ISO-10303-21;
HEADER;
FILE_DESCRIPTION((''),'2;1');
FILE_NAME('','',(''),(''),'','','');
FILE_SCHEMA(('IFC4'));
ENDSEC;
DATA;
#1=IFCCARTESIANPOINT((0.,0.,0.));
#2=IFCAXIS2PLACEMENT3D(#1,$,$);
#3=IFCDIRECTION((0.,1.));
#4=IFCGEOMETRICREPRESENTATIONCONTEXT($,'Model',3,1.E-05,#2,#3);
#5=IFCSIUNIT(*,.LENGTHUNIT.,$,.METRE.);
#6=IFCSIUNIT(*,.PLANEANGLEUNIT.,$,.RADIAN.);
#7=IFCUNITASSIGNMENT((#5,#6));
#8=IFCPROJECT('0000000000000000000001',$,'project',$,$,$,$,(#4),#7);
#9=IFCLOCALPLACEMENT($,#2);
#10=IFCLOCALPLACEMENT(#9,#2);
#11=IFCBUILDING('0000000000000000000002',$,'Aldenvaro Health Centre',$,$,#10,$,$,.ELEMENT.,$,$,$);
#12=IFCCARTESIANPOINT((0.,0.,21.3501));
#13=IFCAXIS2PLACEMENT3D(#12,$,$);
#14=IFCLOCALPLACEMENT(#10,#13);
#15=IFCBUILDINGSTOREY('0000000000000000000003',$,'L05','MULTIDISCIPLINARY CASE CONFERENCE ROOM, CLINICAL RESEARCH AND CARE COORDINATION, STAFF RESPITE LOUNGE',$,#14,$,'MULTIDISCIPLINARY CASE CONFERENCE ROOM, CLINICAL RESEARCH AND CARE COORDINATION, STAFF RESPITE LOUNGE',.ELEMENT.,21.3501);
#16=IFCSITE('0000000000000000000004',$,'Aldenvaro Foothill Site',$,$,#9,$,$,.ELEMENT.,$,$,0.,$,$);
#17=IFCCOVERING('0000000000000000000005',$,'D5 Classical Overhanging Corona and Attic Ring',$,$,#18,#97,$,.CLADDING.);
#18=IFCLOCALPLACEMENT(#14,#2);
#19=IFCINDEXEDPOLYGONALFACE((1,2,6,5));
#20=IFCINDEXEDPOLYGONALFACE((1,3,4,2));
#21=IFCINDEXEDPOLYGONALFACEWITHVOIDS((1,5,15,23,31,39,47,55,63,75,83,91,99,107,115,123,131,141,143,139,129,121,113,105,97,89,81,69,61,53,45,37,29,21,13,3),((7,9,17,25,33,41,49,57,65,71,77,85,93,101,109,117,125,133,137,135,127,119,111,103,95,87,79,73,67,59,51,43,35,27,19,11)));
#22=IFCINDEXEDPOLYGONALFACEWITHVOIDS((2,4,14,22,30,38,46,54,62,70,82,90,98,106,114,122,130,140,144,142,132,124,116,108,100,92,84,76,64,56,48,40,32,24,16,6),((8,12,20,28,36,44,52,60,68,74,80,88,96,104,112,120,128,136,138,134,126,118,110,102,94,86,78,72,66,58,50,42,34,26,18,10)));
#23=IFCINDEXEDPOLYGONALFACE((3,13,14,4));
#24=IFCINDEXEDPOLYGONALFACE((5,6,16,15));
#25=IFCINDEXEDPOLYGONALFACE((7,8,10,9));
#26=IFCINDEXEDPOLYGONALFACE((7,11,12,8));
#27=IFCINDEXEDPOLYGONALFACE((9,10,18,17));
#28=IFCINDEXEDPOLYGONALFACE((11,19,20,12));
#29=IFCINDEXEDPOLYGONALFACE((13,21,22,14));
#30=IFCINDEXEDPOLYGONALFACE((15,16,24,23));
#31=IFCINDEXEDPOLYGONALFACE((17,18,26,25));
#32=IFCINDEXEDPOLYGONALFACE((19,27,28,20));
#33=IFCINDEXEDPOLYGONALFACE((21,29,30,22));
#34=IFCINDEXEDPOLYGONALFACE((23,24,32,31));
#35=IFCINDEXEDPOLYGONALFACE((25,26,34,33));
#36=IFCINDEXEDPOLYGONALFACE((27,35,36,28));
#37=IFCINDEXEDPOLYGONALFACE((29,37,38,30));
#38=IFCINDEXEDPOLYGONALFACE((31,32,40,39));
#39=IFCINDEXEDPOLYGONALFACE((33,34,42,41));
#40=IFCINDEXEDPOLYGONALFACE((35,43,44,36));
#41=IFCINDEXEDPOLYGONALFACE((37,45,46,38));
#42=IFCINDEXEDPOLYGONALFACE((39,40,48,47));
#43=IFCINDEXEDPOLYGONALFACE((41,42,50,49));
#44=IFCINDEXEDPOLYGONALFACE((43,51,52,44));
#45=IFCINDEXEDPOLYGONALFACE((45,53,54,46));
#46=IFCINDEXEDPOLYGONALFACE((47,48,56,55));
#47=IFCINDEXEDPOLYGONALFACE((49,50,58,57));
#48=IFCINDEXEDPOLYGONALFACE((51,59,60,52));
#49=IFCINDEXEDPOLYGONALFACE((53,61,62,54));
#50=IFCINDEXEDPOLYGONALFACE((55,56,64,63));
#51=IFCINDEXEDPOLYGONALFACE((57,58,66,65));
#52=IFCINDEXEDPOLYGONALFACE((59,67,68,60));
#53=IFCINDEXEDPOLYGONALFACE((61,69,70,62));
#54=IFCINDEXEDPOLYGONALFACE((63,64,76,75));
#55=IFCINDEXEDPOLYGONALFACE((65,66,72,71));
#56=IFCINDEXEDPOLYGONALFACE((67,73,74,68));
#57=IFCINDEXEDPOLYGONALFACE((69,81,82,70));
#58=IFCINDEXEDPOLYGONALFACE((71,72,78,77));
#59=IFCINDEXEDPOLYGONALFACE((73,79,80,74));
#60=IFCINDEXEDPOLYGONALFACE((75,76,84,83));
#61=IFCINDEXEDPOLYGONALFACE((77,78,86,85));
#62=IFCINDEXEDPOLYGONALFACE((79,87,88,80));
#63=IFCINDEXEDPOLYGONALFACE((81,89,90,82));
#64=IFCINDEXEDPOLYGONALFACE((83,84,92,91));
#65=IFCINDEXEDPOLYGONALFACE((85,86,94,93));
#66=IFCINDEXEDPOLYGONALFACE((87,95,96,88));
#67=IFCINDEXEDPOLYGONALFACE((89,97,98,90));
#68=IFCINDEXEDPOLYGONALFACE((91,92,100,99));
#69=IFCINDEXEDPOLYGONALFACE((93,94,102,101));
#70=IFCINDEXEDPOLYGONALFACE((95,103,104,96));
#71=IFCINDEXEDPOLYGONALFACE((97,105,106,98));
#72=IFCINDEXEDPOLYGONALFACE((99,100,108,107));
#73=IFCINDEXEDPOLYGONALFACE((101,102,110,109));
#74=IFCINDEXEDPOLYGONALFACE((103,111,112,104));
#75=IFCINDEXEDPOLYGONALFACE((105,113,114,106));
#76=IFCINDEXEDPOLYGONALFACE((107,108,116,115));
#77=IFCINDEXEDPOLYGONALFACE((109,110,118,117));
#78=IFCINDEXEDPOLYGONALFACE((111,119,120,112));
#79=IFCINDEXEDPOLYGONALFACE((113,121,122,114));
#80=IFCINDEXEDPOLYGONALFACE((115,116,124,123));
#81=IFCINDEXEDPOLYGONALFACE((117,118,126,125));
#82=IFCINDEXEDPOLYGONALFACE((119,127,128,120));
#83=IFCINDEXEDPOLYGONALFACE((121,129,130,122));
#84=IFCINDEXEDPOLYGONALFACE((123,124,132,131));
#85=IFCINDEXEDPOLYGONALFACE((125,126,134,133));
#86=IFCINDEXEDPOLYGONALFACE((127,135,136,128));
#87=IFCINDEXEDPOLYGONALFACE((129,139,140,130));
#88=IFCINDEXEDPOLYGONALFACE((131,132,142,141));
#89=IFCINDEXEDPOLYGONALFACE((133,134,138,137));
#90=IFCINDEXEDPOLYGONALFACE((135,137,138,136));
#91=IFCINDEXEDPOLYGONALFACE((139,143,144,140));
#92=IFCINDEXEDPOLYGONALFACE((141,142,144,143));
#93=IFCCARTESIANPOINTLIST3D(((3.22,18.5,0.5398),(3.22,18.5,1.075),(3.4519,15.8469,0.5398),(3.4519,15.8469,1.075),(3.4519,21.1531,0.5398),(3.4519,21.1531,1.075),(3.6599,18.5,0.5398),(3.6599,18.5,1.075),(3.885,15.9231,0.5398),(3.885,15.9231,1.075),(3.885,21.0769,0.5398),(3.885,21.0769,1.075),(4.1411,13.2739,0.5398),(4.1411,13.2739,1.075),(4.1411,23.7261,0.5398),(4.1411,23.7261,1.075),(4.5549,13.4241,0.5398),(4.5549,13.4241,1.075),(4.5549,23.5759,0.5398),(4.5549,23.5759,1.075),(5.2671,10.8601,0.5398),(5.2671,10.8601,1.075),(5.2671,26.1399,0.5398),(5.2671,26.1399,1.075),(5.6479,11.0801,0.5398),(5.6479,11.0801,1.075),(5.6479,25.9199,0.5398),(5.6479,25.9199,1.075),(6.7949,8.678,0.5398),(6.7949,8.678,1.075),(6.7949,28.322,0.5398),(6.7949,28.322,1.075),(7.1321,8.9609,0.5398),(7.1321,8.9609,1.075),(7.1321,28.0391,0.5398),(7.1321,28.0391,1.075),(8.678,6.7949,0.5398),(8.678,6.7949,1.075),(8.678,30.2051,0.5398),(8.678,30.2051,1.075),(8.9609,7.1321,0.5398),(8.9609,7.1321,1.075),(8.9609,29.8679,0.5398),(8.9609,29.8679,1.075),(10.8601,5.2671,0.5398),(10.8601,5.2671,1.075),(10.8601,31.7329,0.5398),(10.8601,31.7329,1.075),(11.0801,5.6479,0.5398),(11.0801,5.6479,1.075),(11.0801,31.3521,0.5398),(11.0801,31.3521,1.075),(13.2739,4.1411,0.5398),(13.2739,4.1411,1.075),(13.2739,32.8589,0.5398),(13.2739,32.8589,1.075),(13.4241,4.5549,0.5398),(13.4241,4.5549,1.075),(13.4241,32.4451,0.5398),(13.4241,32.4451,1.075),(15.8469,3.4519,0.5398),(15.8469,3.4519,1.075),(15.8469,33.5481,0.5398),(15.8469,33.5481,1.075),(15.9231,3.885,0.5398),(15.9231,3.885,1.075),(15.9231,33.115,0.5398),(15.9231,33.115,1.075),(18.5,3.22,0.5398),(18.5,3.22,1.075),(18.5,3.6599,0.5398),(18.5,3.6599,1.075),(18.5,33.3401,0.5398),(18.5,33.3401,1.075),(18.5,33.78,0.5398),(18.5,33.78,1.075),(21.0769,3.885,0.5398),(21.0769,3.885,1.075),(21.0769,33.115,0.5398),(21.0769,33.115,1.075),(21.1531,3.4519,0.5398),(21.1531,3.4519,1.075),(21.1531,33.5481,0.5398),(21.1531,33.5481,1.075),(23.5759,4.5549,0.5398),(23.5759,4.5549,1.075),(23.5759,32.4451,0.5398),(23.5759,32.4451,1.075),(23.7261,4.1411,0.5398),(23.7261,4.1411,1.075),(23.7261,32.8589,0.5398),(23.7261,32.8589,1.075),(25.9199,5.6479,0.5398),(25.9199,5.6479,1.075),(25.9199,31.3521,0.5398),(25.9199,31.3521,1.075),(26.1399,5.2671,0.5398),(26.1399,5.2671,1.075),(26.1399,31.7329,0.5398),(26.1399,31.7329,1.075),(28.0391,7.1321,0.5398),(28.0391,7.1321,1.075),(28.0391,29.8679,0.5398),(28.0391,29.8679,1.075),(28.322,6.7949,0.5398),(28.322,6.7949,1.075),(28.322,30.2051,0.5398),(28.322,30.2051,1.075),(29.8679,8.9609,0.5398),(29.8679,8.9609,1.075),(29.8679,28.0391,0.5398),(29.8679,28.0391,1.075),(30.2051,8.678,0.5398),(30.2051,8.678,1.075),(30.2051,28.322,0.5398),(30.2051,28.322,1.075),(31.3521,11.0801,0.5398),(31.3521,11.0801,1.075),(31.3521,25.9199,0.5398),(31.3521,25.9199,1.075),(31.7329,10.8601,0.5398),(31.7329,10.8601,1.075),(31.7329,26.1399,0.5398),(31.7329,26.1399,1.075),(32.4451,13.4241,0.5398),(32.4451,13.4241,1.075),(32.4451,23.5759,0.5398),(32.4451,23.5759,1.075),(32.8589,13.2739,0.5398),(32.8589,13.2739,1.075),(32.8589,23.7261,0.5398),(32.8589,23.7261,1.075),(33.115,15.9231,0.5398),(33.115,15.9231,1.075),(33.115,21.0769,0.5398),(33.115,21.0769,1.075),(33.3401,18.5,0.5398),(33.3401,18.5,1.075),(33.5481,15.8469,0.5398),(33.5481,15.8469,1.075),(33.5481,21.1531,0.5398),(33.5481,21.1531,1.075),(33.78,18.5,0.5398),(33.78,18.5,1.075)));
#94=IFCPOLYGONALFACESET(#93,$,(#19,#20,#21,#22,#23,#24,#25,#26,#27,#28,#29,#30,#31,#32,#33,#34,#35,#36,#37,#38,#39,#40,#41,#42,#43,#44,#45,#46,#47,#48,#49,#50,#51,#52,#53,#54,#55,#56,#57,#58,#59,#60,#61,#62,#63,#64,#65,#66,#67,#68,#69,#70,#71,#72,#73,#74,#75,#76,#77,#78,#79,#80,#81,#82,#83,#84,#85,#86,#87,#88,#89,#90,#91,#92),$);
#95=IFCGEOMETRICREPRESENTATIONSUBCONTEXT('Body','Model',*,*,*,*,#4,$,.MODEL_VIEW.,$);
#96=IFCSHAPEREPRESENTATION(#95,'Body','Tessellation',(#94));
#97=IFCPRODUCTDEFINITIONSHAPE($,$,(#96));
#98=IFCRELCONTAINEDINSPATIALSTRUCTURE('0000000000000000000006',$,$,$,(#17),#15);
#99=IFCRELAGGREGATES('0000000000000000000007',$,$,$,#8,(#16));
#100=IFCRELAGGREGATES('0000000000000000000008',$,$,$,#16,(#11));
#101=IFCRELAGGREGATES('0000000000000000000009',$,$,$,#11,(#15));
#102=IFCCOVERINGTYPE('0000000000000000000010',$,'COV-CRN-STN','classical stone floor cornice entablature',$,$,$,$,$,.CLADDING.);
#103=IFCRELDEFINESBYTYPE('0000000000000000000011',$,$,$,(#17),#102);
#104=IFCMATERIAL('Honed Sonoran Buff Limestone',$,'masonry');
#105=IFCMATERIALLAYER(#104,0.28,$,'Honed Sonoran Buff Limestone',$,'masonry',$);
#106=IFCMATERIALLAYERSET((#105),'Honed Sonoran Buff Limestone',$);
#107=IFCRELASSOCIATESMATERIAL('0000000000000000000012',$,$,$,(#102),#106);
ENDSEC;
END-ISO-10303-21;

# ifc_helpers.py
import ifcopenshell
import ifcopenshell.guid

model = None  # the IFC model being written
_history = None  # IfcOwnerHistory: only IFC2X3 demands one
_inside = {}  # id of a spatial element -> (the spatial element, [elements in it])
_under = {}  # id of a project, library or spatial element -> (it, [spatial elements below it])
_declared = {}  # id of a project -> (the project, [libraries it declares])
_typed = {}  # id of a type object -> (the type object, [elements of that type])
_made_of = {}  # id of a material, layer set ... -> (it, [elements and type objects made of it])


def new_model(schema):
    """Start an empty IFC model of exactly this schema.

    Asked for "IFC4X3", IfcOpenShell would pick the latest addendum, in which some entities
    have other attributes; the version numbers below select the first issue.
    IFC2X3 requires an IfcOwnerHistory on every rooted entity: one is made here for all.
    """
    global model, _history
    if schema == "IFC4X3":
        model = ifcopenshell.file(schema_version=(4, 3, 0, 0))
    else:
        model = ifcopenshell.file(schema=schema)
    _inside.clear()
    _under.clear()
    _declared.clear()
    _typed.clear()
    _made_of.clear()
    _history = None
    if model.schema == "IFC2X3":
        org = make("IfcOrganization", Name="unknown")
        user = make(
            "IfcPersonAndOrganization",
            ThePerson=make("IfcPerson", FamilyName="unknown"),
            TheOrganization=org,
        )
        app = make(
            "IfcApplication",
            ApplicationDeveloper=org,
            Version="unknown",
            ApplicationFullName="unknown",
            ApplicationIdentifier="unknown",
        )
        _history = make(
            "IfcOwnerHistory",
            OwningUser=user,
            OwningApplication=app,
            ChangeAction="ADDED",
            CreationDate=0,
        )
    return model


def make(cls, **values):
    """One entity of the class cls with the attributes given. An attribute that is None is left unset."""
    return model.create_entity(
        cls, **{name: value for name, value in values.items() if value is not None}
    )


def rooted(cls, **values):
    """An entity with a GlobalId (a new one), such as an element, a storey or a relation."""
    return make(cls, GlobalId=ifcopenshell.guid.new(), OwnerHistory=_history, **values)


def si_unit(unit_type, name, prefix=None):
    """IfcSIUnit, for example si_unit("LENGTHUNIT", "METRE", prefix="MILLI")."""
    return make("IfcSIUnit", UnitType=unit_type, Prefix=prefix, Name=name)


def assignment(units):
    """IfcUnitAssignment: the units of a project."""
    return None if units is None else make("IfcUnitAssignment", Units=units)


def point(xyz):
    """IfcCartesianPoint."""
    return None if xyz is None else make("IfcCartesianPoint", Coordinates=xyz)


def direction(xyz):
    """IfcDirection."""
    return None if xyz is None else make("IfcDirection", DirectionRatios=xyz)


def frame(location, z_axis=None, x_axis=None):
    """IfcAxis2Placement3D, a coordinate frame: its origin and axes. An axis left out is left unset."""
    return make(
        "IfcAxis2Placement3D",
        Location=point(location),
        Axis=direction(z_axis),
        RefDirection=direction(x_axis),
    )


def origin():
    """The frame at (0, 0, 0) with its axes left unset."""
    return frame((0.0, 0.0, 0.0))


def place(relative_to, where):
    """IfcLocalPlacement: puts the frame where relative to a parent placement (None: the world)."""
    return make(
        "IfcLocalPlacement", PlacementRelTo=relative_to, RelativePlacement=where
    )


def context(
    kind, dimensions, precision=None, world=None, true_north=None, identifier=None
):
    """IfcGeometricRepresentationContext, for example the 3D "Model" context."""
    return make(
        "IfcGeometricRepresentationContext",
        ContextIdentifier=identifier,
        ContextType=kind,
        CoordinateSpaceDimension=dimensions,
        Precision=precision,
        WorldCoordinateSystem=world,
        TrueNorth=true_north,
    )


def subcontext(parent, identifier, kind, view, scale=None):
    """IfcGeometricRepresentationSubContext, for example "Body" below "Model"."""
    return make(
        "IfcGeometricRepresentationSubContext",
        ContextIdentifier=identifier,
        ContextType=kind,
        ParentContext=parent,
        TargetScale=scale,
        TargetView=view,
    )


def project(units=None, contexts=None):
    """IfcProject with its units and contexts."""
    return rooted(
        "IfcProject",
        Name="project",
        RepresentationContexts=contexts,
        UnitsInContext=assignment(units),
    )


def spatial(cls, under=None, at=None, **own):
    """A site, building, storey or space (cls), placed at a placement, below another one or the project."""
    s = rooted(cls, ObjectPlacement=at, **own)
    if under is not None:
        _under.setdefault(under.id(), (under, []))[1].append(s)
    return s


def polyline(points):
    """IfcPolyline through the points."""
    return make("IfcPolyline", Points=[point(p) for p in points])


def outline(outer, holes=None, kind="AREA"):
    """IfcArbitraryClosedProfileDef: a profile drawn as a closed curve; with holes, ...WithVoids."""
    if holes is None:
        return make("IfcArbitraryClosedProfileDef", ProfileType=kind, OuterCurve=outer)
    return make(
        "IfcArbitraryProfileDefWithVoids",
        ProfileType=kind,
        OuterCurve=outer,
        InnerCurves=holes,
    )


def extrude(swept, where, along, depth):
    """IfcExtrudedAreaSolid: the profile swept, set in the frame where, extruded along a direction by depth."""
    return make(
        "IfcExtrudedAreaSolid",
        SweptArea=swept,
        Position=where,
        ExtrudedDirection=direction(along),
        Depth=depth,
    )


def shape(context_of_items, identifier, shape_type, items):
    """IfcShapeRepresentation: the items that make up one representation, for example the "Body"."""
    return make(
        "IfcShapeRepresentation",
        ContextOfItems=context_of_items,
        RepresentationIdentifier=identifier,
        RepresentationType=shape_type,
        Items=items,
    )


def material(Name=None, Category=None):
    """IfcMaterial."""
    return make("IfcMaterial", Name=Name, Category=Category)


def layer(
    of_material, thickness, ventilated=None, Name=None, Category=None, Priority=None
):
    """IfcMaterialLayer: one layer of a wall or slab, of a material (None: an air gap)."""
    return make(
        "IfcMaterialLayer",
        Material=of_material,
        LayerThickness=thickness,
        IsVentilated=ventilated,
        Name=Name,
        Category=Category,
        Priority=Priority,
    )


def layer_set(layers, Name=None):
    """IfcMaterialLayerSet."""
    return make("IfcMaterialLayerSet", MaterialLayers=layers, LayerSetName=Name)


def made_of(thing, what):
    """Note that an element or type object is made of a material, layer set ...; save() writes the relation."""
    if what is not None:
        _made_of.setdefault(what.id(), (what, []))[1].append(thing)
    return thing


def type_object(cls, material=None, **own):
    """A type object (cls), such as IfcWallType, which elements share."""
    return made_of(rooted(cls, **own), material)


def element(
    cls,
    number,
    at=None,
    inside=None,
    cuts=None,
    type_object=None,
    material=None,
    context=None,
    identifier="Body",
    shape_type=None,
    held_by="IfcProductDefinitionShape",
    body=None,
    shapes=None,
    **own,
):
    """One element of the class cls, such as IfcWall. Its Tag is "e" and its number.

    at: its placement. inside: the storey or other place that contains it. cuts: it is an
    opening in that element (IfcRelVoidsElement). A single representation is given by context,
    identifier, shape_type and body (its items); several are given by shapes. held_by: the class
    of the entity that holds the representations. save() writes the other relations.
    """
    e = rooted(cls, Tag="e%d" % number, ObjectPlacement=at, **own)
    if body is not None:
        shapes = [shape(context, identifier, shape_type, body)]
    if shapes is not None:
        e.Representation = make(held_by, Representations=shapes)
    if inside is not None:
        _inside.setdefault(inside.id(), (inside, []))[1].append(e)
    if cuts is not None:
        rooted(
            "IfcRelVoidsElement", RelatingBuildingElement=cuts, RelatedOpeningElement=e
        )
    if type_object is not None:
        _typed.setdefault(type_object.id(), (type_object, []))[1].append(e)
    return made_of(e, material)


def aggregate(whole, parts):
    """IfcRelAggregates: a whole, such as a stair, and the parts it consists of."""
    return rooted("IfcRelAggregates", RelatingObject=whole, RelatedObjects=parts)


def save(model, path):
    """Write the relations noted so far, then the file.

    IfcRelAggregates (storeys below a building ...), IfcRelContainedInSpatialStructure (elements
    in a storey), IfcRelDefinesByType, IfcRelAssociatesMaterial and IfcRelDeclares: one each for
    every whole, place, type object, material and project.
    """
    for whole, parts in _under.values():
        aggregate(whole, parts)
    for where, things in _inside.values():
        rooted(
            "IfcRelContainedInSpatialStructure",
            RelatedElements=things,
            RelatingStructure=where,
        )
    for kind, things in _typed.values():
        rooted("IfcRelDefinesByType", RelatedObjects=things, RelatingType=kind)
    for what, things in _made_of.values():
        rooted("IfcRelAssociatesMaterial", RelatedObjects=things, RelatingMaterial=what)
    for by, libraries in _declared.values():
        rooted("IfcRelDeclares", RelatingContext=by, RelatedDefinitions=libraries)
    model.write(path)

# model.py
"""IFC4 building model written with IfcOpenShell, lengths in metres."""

from ifc_helpers import new_model, si_unit, direction, frame, origin, place, context, subcontext, project, spatial, polyline, outline, extrude, material, layer, layer_set, type_object, element, save


model = new_model("IFC4")

# Units and contexts
model_context = context("Model", 3, precision=1e-05, world=origin(), true_north=direction((0.0, 1.0)))
body_context = subcontext(model_context, "Body", "Model", "MODEL_VIEW")
ifc_project = project(units=[si_unit("LENGTHUNIT", "METRE"), si_unit("PLANEANGLEUNIT", "RADIAN")], contexts=[model_context])

# Site, building, storey
site_placement = place(None, origin())
site = spatial("IfcSite", under=ifc_project, at=site_placement, Name="Aldenvaro Foothill Site", CompositionType="ELEMENT", RefElevation=0.0)
building_placement = place(site_placement, origin())
building = spatial("IfcBuilding", under=site, at=building_placement, Name="Aldenvaro Health Centre", CompositionType="ELEMENT")
storey_placement = place(building_placement, frame((0.0, 0.0, 21.3501)))
storey = spatial("IfcBuildingStorey", under=building, at=storey_placement, Name="L05", Description="MULTIDISCIPLINARY CASE CONFERENCE ROOM, CLINICAL RESEARCH AND CARE COORDINATION, STAFF RESPITE LOUNGE", LongName="MULTIDISCIPLINARY CASE CONFERENCE ROOM, CLINICAL RESEARCH AND CARE COORDINATION, STAFF RESPITE LOUNGE", CompositionType="ELEMENT", Elevation=21.3501)

# Covering
ifc_material_1 = material(Name="Honed Sonoran Buff Limestone", Category="masonry")
ifc_layer_1 = layer(ifc_material_1, 0.28, Name="Honed Sonoran Buff Limestone", Category="masonry")
ifc_layer_set_1 = layer_set([ifc_layer_1], Name="Honed Sonoran Buff Limestone")
covering_type_1 = type_object("IfcCoveringType", Name="COV-CRN-STN", Description="classical stone floor cornice entablature", PredefinedType="CLADDING", material=ifc_layer_set_1)
covering_1_placement = place(storey_placement, frame((0.0, 0.0, 0.5398)))
element("IfcCovering", 1, at=covering_1_placement, inside=storey, type_object=covering_type_1, Name="D5 Classical Overhanging Corona and Attic Ring", PredefinedType="CLADDING", context=body_context, shape_type="SweptSolid", body=[
    extrude(outline(polyline([(33.78, 18.5), (33.5481, 21.1531), (32.8589, 23.7261), (31.7329, 26.1399), (30.2051, 28.322), (28.322, 30.2051), (26.1399, 31.7329), (23.7261, 32.8589), (21.1531, 33.5481), (18.5, 33.78), (15.8469, 33.5481), (13.2739, 32.8589), (10.8601, 31.7329), (8.678, 30.2051), (6.7949, 28.322), (5.2671, 26.1399), (4.1411, 23.7261), (3.4519, 21.1531), (3.22, 18.5), (3.4519, 15.8469), (4.1411, 13.2739), (5.2671, 10.8601), (6.7949, 8.678), (8.678, 6.7949), (10.8601, 5.2671), (13.2739, 4.1411), (15.8469, 3.4519), (18.5, 3.22), (21.1531, 3.4519), (23.7261, 4.1411), (26.1399, 5.2671), (28.322, 6.7949), (30.2051, 8.678), (31.7329, 10.8601), (32.8589, 13.2739), (33.5481, 15.8469), (33.78, 18.5)]), holes=[polyline([(33.3401, 18.5), (33.115, 15.9231), (32.4451, 13.4241), (31.3521, 11.0801), (29.8679, 8.9609), (28.0391, 7.1321), (25.9199, 5.6479), (23.5759, 4.5549), (21.0769, 3.885), (18.5, 3.6599), (15.9231, 3.885), (13.4241, 4.5549), (11.0801, 5.6479), (8.9609, 7.1321), (7.1321, 8.9609), (5.6479, 11.0801), (4.5549, 13.4241), (3.885, 15.9231), (3.6599, 18.5), (3.885, 21.0769), (4.5549, 23.5759), (5.6479, 25.9199), (7.1321, 28.0391), (8.9609, 29.8679), (11.0801, 31.3521), (13.4241, 32.4451), (15.9231, 33.115), (18.5, 33.3401), (21.0769, 33.115), (23.5759, 32.4451), (25.9199, 31.3521), (28.0391, 29.8679), (29.8679, 28.0391), (31.3521, 25.9199), (32.4451, 23.5759), (33.115, 21.0769), (33.3401, 18.5)])]), origin(), (0.0, 0.0, 1.0), 0.5352),
])

save(model, "model.ifc")
